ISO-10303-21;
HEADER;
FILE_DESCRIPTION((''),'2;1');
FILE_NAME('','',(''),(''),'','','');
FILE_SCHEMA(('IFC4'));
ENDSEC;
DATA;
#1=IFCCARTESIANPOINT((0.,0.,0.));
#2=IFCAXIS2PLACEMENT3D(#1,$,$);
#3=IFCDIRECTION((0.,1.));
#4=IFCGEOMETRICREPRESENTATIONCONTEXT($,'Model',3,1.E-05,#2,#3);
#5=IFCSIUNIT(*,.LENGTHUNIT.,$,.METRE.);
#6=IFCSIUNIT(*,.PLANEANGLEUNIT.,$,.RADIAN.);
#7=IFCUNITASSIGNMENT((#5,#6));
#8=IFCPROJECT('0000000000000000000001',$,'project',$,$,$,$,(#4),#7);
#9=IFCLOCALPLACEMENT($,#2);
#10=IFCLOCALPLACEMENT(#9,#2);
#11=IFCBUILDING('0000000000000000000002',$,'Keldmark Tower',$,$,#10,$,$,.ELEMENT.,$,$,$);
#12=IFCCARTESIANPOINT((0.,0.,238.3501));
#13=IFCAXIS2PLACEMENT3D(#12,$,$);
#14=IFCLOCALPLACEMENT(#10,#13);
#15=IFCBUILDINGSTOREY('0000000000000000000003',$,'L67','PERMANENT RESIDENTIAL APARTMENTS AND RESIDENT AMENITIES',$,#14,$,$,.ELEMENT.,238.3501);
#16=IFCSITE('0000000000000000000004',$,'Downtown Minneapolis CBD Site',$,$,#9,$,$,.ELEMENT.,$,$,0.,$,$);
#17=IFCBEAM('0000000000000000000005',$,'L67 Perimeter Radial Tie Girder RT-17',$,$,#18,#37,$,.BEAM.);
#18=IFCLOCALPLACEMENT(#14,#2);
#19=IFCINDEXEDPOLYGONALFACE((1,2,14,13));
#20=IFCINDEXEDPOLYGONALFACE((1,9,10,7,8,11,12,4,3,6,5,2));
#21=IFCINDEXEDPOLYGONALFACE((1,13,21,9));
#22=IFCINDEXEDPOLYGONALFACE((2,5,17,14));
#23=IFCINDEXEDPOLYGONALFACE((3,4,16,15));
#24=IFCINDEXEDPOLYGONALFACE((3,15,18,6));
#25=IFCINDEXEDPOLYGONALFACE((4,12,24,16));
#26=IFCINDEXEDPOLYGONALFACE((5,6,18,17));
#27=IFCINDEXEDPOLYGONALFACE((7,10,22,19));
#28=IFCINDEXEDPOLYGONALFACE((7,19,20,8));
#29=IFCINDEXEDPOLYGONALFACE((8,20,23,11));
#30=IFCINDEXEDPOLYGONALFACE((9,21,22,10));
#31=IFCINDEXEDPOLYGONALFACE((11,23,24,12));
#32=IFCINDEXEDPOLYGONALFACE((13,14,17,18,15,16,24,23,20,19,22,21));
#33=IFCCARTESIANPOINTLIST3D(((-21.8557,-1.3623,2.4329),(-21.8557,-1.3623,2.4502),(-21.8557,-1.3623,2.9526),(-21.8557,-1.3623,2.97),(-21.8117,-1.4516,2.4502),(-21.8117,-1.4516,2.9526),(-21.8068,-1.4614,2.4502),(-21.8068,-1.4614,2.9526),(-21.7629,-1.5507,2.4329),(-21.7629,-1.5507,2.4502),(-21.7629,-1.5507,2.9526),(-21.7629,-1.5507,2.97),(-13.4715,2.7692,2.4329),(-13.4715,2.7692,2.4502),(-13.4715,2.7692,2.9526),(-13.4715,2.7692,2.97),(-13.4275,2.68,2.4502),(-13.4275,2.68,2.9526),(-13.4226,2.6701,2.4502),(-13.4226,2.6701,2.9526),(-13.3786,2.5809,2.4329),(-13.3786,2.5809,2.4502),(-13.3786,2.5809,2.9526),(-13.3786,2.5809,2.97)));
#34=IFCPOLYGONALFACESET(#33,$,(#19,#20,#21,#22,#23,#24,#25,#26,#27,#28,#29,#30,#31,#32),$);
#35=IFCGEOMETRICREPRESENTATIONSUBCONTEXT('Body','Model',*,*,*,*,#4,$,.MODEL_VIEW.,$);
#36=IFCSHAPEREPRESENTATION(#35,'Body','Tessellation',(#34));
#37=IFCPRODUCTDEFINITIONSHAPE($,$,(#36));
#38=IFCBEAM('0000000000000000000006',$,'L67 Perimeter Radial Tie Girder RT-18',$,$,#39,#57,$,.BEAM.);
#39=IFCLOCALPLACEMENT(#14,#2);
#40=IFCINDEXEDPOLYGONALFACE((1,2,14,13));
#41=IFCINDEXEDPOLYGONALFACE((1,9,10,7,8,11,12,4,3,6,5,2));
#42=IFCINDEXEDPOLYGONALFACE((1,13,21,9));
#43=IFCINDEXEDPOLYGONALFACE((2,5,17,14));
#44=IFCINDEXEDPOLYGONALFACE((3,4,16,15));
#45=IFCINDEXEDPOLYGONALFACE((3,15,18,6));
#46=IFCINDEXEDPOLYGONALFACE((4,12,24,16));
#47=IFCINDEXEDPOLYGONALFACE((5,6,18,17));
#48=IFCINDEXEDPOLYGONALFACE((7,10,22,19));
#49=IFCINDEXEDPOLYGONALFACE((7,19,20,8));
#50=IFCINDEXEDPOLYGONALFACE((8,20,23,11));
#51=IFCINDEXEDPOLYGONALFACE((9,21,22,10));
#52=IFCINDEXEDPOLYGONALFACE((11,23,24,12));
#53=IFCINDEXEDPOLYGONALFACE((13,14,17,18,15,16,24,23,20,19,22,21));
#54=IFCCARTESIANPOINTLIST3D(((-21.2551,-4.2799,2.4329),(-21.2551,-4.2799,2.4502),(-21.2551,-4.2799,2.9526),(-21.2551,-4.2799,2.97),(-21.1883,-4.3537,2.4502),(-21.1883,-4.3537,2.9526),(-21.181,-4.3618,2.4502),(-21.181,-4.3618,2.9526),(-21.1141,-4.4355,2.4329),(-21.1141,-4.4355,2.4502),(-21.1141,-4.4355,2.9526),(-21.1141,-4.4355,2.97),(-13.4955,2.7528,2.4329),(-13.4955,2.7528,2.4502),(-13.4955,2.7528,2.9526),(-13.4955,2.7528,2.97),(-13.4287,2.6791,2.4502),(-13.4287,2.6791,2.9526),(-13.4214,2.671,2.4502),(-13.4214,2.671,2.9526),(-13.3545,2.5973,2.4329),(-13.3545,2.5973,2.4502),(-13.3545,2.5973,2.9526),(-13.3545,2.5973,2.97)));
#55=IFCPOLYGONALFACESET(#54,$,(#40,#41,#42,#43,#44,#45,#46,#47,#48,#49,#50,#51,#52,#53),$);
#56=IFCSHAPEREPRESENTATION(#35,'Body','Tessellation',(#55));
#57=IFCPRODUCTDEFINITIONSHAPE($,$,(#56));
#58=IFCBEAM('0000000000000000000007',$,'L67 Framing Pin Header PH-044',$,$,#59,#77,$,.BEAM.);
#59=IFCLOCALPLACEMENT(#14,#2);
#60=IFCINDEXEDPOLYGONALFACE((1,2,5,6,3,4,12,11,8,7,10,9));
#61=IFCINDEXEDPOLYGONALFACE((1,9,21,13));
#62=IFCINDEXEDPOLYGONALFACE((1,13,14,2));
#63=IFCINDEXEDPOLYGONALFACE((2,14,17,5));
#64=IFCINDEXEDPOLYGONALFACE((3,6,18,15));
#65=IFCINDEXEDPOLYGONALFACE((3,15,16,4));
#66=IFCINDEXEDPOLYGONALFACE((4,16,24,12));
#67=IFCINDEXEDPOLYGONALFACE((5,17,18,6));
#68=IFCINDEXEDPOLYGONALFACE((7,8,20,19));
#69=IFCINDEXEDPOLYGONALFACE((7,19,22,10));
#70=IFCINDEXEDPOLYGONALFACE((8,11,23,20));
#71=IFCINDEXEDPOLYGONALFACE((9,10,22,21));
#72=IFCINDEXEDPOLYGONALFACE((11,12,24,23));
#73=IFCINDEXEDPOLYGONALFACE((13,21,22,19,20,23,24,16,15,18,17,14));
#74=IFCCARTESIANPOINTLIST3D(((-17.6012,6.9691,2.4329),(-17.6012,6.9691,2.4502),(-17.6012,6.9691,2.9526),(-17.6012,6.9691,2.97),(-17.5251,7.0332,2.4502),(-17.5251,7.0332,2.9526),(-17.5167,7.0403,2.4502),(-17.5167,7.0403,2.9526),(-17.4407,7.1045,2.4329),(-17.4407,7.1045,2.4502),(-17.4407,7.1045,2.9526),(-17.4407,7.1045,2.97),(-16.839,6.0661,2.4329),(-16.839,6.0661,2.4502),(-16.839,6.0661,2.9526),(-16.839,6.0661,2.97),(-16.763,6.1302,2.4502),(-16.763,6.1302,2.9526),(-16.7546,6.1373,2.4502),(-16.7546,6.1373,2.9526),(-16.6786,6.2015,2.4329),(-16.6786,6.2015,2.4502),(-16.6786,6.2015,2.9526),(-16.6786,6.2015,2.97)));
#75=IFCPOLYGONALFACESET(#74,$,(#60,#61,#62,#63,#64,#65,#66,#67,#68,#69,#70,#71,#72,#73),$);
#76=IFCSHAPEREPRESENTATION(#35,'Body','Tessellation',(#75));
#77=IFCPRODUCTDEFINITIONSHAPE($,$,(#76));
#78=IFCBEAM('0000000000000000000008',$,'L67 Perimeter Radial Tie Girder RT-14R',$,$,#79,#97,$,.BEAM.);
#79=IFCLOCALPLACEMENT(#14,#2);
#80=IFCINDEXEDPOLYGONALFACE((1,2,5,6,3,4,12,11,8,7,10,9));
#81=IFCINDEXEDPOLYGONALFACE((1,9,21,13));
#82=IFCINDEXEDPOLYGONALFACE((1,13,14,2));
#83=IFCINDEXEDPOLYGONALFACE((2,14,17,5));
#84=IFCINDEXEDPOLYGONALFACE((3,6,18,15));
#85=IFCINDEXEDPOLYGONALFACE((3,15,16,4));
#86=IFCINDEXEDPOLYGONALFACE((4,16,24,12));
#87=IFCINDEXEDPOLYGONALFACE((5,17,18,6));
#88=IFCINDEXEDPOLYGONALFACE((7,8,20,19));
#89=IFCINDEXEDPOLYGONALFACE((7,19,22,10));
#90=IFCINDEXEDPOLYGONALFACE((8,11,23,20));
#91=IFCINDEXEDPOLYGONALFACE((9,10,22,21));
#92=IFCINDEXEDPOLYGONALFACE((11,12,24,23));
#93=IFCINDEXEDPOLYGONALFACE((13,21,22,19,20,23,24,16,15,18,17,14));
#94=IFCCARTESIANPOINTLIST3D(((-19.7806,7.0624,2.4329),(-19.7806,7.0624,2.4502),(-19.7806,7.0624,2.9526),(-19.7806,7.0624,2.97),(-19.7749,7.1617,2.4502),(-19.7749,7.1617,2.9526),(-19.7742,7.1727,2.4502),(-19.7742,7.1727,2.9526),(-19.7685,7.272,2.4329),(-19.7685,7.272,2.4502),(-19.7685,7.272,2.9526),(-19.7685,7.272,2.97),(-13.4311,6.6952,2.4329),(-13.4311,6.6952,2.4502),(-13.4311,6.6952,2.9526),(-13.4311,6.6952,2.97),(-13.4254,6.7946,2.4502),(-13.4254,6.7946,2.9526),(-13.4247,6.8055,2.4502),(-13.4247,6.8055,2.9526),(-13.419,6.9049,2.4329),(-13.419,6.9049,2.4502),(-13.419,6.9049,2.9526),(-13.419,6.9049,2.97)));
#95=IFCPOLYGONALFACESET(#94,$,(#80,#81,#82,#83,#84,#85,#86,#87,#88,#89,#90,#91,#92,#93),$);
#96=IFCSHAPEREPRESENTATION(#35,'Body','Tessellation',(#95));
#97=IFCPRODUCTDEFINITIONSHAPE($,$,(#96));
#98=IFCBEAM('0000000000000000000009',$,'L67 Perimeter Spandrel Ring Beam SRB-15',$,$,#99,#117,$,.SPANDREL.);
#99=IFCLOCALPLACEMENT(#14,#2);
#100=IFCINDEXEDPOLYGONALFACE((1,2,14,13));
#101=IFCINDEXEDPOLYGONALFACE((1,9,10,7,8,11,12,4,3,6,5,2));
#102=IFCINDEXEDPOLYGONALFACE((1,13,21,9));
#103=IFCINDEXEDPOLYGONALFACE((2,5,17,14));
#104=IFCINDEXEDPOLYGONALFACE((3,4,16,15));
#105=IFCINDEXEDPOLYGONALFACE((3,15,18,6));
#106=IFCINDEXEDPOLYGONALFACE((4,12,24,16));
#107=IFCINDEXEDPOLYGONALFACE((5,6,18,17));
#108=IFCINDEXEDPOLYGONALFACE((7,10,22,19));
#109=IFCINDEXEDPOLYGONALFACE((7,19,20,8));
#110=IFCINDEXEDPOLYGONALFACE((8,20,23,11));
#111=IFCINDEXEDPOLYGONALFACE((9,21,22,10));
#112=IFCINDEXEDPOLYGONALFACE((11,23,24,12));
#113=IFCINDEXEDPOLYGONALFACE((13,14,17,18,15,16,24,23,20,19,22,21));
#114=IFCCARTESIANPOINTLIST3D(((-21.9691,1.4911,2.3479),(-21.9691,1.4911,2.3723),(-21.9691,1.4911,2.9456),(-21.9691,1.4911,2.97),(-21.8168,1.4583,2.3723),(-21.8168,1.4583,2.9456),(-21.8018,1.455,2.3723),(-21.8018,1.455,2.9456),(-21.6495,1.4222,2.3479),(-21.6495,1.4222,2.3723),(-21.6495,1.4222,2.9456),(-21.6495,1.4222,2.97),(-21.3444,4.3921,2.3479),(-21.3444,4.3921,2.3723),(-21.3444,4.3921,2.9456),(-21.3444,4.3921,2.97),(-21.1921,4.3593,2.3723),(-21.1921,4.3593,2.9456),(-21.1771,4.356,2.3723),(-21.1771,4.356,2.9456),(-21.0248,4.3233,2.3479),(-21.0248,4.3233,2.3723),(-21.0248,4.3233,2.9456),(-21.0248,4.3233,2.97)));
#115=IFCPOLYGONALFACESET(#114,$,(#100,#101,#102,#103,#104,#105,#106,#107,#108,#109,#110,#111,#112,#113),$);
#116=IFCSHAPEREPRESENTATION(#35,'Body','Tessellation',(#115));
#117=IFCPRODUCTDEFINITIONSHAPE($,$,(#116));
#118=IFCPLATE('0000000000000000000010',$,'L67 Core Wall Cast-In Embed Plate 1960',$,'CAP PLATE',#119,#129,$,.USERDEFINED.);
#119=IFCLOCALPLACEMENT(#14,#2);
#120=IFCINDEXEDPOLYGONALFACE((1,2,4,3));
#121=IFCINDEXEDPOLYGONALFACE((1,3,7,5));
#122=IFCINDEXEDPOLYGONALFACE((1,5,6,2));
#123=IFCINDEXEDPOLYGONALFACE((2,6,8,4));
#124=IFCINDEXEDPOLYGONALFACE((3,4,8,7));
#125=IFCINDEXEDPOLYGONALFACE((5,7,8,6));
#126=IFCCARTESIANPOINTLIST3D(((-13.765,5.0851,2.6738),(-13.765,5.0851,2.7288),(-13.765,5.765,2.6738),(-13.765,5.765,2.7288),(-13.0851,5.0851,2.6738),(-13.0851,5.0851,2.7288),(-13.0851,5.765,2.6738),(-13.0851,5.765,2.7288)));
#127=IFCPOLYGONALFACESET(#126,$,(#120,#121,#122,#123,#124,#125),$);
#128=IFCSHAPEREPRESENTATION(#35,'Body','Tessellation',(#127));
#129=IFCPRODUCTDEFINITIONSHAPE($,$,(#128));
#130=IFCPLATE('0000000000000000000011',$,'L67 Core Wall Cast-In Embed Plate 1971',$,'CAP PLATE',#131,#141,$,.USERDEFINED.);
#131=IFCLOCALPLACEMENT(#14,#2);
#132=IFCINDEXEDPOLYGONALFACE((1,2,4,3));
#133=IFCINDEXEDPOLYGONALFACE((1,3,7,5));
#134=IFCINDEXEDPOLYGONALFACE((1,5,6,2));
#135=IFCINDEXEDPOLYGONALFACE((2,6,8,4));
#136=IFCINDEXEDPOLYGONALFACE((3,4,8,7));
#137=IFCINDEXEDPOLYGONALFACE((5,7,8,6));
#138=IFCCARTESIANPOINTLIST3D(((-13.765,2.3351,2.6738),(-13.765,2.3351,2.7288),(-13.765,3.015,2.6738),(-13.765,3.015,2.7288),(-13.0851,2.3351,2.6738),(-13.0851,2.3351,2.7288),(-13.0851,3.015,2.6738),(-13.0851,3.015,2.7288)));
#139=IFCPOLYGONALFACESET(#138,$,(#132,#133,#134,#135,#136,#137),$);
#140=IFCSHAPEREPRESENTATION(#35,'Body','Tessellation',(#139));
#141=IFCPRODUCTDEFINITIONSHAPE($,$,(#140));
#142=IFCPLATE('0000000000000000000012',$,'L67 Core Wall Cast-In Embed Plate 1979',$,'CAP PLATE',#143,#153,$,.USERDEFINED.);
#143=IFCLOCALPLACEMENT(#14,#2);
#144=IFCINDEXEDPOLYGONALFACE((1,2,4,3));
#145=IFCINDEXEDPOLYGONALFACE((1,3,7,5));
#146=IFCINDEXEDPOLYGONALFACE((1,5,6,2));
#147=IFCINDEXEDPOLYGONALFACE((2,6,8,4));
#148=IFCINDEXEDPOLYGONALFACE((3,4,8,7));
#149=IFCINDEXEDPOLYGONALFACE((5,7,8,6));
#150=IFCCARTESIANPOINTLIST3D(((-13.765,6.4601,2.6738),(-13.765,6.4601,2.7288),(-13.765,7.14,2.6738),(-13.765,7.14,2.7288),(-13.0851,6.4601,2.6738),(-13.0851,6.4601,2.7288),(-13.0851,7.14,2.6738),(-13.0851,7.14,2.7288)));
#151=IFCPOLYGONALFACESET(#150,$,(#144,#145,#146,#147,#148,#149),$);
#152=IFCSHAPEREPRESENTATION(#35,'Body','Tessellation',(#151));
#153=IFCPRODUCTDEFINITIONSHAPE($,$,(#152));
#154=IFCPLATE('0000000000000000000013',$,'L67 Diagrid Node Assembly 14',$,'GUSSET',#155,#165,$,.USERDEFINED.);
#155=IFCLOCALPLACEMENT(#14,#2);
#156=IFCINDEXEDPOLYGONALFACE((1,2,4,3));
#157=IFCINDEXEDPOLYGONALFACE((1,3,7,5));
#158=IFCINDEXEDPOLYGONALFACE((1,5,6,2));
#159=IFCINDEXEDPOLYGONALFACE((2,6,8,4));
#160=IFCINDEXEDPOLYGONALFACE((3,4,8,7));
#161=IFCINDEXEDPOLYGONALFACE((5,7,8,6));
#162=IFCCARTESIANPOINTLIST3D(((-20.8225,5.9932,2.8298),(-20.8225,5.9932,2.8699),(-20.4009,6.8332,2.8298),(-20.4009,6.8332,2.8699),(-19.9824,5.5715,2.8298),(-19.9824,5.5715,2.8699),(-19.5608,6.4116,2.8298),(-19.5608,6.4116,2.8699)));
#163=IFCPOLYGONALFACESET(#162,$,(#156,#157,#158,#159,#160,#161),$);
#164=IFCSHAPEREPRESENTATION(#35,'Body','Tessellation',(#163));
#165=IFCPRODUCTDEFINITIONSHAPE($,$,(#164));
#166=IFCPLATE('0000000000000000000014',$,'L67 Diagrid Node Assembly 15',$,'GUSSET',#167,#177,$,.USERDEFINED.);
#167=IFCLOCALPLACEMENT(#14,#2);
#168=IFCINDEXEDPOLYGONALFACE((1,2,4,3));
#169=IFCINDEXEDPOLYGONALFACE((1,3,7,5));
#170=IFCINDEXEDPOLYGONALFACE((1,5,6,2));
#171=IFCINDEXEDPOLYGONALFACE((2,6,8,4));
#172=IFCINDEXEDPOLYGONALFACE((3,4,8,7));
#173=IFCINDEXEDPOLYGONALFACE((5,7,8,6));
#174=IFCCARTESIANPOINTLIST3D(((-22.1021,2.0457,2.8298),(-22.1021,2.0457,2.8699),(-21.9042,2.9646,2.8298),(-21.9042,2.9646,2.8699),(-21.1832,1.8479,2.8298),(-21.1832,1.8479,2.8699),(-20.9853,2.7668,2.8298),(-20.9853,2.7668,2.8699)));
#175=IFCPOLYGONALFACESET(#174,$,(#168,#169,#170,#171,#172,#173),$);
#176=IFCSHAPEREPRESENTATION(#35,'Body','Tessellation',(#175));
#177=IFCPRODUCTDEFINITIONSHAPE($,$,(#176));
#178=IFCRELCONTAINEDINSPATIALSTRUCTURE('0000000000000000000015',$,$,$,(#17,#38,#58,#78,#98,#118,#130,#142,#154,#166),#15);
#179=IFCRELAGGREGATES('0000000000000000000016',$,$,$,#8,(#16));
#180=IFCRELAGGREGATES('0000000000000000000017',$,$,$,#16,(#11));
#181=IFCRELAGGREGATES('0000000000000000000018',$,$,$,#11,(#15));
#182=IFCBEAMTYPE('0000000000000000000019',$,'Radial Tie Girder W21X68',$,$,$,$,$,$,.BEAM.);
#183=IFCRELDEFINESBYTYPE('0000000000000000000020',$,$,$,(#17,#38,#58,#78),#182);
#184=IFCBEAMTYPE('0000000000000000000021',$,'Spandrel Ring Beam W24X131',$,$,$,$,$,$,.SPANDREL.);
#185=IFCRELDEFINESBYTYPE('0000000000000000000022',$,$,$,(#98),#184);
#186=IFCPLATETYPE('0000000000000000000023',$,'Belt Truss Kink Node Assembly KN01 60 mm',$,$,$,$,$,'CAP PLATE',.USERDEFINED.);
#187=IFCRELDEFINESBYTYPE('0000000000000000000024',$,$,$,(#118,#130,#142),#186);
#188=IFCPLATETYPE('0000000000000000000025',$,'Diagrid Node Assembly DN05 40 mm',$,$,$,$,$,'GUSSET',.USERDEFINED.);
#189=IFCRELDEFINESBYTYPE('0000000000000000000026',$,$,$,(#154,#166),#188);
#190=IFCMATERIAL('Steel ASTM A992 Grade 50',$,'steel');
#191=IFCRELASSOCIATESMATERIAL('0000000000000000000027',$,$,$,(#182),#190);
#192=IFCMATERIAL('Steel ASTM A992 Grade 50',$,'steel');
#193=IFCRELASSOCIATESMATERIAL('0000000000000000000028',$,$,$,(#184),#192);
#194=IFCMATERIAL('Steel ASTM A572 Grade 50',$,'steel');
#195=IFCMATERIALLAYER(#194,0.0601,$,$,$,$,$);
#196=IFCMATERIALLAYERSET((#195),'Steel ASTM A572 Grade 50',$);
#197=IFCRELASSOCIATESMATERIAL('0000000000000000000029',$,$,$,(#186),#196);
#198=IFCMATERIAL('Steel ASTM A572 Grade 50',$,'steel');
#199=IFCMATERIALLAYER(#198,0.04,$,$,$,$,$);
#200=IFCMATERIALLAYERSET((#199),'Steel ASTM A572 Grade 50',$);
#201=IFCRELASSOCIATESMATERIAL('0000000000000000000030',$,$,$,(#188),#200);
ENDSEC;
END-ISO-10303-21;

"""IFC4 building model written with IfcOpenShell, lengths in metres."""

from ifc_helpers import new_model, si_unit, direction, frame, origin, origin_2d, place, context, subcontext, project, spatial, rectangle, i_section, extrude, material, layer, layer_set, material_profile, profile_set, type_object, element, save


model = new_model("IFC4")

# Units and contexts
model_context = context("Model", 3, precision=1e-05, world=origin(), true_north=direction((0.0, 1.0)))
body_context = subcontext(model_context, "Body", "Model", "MODEL_VIEW")
ifc_project = project(units=[si_unit("LENGTHUNIT", "METRE"), si_unit("PLANEANGLEUNIT", "RADIAN")], contexts=[model_context])

# Site, building, storey
site_placement = place(None, origin())
site = spatial("IfcSite", under=ifc_project, at=site_placement, Name="Downtown Minneapolis CBD Site", CompositionType="ELEMENT", RefElevation=0.0)
building_placement = place(site_placement, origin())
building = spatial("IfcBuilding", under=site, at=building_placement, Name="Keldmark Tower", CompositionType="ELEMENT")
storey_placement = place(building_placement, frame((0.0, 0.0, 238.3501)))
storey = spatial("IfcBuildingStorey", under=building, at=storey_placement, Name="L67", Description="PERMANENT RESIDENTIAL APARTMENTS AND RESIDENT AMENITIES", CompositionType="ELEMENT", Elevation=238.3501)

# Beams
ifc_material_1 = material(Name="Steel ASTM A992 Grade 50", Category="steel")
ifc_material_profile_1 = material_profile(ifc_material_1, i_section(OverallWidth=0.21, OverallDepth=0.5371, WebThickness=0.011, FlangeThickness=0.0173, at=origin_2d()), Name="W21X68")
ifc_profile_set_1 = profile_set([ifc_material_profile_1], Name="Steel ASTM A992 Grade 50")
beam_type_1 = type_object("IfcBeamType", Name="Radial Tie Girder W21X68", PredefinedType="BEAM", material=ifc_profile_set_1)
beam_1_placement = place(storey_placement, frame((-13.425, 2.675, 2.7014), z_axis=(-0.897003, -0.442024, 0.0), x_axis=(0.442024, -0.897003, 0.0)))
element("IfcBeam", 1, at=beam_1_placement, inside=storey, type_object=beam_type_1, Name="L67 Perimeter Radial Tie Girder RT-17", PredefinedType="BEAM", context=body_context, shape_type="SweptSolid", body=[
    extrude(i_section(OverallWidth=0.21, OverallDepth=0.5371, WebThickness=0.011, FlangeThickness=0.0173, at=origin_2d()), origin(), (0.0, 0.0, 1.0), 9.3469),
])
beam_2_placement = place(storey_placement, frame((-13.425, 2.675, 2.7014), z_axis=(-0.740956, -0.671553, 0.0), x_axis=(0.671553, -0.740956, 0.0)))
element("IfcBeam", 2, at=beam_2_placement, inside=storey, type_object=beam_type_1, Name="L67 Perimeter Radial Tie Girder RT-18", PredefinedType="BEAM", context=body_context, shape_type="SweptSolid", body=[
    extrude(i_section(OverallWidth=0.21, OverallDepth=0.5371, WebThickness=0.011, FlangeThickness=0.0173, at=origin_2d()), origin(), (0.0, 0.0, 1.0), 10.4724),
])
beam_3_placement = place(storey_placement, frame((-16.7588, 6.1338, 2.7014), z_axis=(-0.644988, 0.764193, 0.0), x_axis=(-0.764193, -0.644988, 0.0)))
element("IfcBeam", 3, at=beam_3_placement, inside=storey, type_object=beam_type_1, Name="L67 Framing Pin Header PH-044", PredefinedType="BEAM", context=body_context, shape_type="SweptSolid", body=[
    extrude(i_section(OverallWidth=0.21, OverallDepth=0.5371, WebThickness=0.011, FlangeThickness=0.0173, at=origin_2d()), origin(), (0.0, 0.0, 1.0), 1.1816),
])
beam_4_placement = place(storey_placement, frame((-13.425, 6.8, 2.7014), z_axis=(-0.998332, 0.057732, 0.0), x_axis=(-0.057732, -0.998332, 0.0)))
element("IfcBeam", 4, at=beam_4_placement, inside=storey, type_object=beam_type_1, Name="L67 Perimeter Radial Tie Girder RT-14R", PredefinedType="BEAM", context=body_context, shape_type="SweptSolid", body=[
    extrude(i_section(OverallWidth=0.21, OverallDepth=0.5371, WebThickness=0.011, FlangeThickness=0.0173, at=origin_2d()), origin(), (0.0, 0.0, 1.0), 6.3601),
])
ifc_material_2 = material(Name="Steel ASTM A992 Grade 50", Category="steel")
ifc_material_profile_2 = material_profile(ifc_material_2, i_section(OverallWidth=0.3269, OverallDepth=0.6221, WebThickness=0.0154, FlangeThickness=0.0244, at=origin_2d()), Name="W24X131")
ifc_profile_set_2 = profile_set([ifc_material_profile_2], Name="Steel ASTM A992 Grade 50")
beam_type_2 = type_object("IfcBeamType", Name="Spandrel Ring Beam W24X131", PredefinedType="SPANDREL", material=ifc_profile_set_2)
beam_5_placement = place(storey_placement, frame((-21.1846, 4.3577, 2.6589), z_axis=(-0.210523, -0.977589, 0.0), x_axis=(0.977589, -0.210523, 0.0)))
element("IfcBeam", 5, at=beam_5_placement, inside=storey, type_object=beam_type_2, Name="L67 Perimeter Spandrel Ring Beam SRB-15", PredefinedType="SPANDREL", context=body_context, shape_type="SweptSolid", body=[
    extrude(i_section(OverallWidth=0.3269, OverallDepth=0.6221, WebThickness=0.0154, FlangeThickness=0.0244, at=origin_2d()), origin(), (0.0, 0.0, 1.0), 2.9675),
])

# Plates
ifc_material_3 = material(Name="Steel ASTM A572 Grade 50", Category="steel")
ifc_layer_1 = layer(ifc_material_3, 0.0601)
ifc_layer_set_1 = layer_set([ifc_layer_1], Name="Steel ASTM A572 Grade 50")
plate_type_1 = type_object("IfcPlateType", Name="Belt Truss Kink Node Assembly KN01 60 mm", ElementType="CAP PLATE", PredefinedType="USERDEFINED", material=ifc_layer_set_1)
for number, where, z_axis, x_axis, name in (
    (6, (-13.425, 5.425, 2.6738), (0.0, 0.0, 1.0), (1.0, 0.0, 0.0), "L67 Core Wall Cast-In Embed Plate 1960"),
    (7, (-13.425, 2.675, 2.6738), (0.0, 0.0, 1.0), (1.0, 0.0, 0.0), "L67 Core Wall Cast-In Embed Plate 1971"),
    (8, (-13.425, 6.8, 2.6738), (0.0, 0.0, 1.0), (1.0, 0.0, 0.0), "L67 Core Wall Cast-In Embed Plate 1979"),
):
    element("IfcPlate", number, at=place(storey_placement, frame(where, z_axis=z_axis, x_axis=x_axis)), inside=storey, type_object=plate_type_1, Name=name, ObjectType="CAP PLATE", PredefinedType="USERDEFINED", context=body_context, shape_type="SweptSolid", body=[
        extrude(rectangle(XDim=0.6799, YDim=0.6799, at=origin_2d()), origin(), (0.0, 0.0, 1.0), 0.0549),
    ])
ifc_material_4 = material(Name="Steel ASTM A572 Grade 50", Category="steel")
ifc_layer_2 = layer(ifc_material_4, 0.04)
ifc_layer_set_2 = layer_set([ifc_layer_2], Name="Steel ASTM A572 Grade 50")
plate_type_2 = type_object("IfcPlateType", Name="Diagrid Node Assembly DN05 40 mm", ElementType="GUSSET", PredefinedType="USERDEFINED", material=ifc_layer_set_2)
for number, where, z_axis, x_axis, name in (
    (9, (-20.1917, 6.2024, 2.8298), (0.0, 0.0, 1.0), (-0.448539, -0.893763, 0.0), "L67 Diagrid Node Assembly 14"),
    (10, (-21.5437, 2.4062, 2.8298), (0.0, 0.0, 1.0), (-0.210472, -0.9776, 0.0), "L67 Diagrid Node Assembly 15"),
):
    element("IfcPlate", number, at=place(storey_placement, frame(where, z_axis=z_axis, x_axis=x_axis)), inside=storey, type_object=plate_type_2, Name=name, ObjectType="GUSSET", PredefinedType="USERDEFINED", context=body_context, shape_type="SweptSolid", body=[
        extrude(rectangle(XDim=0.9399, YDim=0.9399, at=origin_2d()), origin(), (0.0, 0.0, 1.0), 0.04),
    ])

save(model, "model.ifc")
